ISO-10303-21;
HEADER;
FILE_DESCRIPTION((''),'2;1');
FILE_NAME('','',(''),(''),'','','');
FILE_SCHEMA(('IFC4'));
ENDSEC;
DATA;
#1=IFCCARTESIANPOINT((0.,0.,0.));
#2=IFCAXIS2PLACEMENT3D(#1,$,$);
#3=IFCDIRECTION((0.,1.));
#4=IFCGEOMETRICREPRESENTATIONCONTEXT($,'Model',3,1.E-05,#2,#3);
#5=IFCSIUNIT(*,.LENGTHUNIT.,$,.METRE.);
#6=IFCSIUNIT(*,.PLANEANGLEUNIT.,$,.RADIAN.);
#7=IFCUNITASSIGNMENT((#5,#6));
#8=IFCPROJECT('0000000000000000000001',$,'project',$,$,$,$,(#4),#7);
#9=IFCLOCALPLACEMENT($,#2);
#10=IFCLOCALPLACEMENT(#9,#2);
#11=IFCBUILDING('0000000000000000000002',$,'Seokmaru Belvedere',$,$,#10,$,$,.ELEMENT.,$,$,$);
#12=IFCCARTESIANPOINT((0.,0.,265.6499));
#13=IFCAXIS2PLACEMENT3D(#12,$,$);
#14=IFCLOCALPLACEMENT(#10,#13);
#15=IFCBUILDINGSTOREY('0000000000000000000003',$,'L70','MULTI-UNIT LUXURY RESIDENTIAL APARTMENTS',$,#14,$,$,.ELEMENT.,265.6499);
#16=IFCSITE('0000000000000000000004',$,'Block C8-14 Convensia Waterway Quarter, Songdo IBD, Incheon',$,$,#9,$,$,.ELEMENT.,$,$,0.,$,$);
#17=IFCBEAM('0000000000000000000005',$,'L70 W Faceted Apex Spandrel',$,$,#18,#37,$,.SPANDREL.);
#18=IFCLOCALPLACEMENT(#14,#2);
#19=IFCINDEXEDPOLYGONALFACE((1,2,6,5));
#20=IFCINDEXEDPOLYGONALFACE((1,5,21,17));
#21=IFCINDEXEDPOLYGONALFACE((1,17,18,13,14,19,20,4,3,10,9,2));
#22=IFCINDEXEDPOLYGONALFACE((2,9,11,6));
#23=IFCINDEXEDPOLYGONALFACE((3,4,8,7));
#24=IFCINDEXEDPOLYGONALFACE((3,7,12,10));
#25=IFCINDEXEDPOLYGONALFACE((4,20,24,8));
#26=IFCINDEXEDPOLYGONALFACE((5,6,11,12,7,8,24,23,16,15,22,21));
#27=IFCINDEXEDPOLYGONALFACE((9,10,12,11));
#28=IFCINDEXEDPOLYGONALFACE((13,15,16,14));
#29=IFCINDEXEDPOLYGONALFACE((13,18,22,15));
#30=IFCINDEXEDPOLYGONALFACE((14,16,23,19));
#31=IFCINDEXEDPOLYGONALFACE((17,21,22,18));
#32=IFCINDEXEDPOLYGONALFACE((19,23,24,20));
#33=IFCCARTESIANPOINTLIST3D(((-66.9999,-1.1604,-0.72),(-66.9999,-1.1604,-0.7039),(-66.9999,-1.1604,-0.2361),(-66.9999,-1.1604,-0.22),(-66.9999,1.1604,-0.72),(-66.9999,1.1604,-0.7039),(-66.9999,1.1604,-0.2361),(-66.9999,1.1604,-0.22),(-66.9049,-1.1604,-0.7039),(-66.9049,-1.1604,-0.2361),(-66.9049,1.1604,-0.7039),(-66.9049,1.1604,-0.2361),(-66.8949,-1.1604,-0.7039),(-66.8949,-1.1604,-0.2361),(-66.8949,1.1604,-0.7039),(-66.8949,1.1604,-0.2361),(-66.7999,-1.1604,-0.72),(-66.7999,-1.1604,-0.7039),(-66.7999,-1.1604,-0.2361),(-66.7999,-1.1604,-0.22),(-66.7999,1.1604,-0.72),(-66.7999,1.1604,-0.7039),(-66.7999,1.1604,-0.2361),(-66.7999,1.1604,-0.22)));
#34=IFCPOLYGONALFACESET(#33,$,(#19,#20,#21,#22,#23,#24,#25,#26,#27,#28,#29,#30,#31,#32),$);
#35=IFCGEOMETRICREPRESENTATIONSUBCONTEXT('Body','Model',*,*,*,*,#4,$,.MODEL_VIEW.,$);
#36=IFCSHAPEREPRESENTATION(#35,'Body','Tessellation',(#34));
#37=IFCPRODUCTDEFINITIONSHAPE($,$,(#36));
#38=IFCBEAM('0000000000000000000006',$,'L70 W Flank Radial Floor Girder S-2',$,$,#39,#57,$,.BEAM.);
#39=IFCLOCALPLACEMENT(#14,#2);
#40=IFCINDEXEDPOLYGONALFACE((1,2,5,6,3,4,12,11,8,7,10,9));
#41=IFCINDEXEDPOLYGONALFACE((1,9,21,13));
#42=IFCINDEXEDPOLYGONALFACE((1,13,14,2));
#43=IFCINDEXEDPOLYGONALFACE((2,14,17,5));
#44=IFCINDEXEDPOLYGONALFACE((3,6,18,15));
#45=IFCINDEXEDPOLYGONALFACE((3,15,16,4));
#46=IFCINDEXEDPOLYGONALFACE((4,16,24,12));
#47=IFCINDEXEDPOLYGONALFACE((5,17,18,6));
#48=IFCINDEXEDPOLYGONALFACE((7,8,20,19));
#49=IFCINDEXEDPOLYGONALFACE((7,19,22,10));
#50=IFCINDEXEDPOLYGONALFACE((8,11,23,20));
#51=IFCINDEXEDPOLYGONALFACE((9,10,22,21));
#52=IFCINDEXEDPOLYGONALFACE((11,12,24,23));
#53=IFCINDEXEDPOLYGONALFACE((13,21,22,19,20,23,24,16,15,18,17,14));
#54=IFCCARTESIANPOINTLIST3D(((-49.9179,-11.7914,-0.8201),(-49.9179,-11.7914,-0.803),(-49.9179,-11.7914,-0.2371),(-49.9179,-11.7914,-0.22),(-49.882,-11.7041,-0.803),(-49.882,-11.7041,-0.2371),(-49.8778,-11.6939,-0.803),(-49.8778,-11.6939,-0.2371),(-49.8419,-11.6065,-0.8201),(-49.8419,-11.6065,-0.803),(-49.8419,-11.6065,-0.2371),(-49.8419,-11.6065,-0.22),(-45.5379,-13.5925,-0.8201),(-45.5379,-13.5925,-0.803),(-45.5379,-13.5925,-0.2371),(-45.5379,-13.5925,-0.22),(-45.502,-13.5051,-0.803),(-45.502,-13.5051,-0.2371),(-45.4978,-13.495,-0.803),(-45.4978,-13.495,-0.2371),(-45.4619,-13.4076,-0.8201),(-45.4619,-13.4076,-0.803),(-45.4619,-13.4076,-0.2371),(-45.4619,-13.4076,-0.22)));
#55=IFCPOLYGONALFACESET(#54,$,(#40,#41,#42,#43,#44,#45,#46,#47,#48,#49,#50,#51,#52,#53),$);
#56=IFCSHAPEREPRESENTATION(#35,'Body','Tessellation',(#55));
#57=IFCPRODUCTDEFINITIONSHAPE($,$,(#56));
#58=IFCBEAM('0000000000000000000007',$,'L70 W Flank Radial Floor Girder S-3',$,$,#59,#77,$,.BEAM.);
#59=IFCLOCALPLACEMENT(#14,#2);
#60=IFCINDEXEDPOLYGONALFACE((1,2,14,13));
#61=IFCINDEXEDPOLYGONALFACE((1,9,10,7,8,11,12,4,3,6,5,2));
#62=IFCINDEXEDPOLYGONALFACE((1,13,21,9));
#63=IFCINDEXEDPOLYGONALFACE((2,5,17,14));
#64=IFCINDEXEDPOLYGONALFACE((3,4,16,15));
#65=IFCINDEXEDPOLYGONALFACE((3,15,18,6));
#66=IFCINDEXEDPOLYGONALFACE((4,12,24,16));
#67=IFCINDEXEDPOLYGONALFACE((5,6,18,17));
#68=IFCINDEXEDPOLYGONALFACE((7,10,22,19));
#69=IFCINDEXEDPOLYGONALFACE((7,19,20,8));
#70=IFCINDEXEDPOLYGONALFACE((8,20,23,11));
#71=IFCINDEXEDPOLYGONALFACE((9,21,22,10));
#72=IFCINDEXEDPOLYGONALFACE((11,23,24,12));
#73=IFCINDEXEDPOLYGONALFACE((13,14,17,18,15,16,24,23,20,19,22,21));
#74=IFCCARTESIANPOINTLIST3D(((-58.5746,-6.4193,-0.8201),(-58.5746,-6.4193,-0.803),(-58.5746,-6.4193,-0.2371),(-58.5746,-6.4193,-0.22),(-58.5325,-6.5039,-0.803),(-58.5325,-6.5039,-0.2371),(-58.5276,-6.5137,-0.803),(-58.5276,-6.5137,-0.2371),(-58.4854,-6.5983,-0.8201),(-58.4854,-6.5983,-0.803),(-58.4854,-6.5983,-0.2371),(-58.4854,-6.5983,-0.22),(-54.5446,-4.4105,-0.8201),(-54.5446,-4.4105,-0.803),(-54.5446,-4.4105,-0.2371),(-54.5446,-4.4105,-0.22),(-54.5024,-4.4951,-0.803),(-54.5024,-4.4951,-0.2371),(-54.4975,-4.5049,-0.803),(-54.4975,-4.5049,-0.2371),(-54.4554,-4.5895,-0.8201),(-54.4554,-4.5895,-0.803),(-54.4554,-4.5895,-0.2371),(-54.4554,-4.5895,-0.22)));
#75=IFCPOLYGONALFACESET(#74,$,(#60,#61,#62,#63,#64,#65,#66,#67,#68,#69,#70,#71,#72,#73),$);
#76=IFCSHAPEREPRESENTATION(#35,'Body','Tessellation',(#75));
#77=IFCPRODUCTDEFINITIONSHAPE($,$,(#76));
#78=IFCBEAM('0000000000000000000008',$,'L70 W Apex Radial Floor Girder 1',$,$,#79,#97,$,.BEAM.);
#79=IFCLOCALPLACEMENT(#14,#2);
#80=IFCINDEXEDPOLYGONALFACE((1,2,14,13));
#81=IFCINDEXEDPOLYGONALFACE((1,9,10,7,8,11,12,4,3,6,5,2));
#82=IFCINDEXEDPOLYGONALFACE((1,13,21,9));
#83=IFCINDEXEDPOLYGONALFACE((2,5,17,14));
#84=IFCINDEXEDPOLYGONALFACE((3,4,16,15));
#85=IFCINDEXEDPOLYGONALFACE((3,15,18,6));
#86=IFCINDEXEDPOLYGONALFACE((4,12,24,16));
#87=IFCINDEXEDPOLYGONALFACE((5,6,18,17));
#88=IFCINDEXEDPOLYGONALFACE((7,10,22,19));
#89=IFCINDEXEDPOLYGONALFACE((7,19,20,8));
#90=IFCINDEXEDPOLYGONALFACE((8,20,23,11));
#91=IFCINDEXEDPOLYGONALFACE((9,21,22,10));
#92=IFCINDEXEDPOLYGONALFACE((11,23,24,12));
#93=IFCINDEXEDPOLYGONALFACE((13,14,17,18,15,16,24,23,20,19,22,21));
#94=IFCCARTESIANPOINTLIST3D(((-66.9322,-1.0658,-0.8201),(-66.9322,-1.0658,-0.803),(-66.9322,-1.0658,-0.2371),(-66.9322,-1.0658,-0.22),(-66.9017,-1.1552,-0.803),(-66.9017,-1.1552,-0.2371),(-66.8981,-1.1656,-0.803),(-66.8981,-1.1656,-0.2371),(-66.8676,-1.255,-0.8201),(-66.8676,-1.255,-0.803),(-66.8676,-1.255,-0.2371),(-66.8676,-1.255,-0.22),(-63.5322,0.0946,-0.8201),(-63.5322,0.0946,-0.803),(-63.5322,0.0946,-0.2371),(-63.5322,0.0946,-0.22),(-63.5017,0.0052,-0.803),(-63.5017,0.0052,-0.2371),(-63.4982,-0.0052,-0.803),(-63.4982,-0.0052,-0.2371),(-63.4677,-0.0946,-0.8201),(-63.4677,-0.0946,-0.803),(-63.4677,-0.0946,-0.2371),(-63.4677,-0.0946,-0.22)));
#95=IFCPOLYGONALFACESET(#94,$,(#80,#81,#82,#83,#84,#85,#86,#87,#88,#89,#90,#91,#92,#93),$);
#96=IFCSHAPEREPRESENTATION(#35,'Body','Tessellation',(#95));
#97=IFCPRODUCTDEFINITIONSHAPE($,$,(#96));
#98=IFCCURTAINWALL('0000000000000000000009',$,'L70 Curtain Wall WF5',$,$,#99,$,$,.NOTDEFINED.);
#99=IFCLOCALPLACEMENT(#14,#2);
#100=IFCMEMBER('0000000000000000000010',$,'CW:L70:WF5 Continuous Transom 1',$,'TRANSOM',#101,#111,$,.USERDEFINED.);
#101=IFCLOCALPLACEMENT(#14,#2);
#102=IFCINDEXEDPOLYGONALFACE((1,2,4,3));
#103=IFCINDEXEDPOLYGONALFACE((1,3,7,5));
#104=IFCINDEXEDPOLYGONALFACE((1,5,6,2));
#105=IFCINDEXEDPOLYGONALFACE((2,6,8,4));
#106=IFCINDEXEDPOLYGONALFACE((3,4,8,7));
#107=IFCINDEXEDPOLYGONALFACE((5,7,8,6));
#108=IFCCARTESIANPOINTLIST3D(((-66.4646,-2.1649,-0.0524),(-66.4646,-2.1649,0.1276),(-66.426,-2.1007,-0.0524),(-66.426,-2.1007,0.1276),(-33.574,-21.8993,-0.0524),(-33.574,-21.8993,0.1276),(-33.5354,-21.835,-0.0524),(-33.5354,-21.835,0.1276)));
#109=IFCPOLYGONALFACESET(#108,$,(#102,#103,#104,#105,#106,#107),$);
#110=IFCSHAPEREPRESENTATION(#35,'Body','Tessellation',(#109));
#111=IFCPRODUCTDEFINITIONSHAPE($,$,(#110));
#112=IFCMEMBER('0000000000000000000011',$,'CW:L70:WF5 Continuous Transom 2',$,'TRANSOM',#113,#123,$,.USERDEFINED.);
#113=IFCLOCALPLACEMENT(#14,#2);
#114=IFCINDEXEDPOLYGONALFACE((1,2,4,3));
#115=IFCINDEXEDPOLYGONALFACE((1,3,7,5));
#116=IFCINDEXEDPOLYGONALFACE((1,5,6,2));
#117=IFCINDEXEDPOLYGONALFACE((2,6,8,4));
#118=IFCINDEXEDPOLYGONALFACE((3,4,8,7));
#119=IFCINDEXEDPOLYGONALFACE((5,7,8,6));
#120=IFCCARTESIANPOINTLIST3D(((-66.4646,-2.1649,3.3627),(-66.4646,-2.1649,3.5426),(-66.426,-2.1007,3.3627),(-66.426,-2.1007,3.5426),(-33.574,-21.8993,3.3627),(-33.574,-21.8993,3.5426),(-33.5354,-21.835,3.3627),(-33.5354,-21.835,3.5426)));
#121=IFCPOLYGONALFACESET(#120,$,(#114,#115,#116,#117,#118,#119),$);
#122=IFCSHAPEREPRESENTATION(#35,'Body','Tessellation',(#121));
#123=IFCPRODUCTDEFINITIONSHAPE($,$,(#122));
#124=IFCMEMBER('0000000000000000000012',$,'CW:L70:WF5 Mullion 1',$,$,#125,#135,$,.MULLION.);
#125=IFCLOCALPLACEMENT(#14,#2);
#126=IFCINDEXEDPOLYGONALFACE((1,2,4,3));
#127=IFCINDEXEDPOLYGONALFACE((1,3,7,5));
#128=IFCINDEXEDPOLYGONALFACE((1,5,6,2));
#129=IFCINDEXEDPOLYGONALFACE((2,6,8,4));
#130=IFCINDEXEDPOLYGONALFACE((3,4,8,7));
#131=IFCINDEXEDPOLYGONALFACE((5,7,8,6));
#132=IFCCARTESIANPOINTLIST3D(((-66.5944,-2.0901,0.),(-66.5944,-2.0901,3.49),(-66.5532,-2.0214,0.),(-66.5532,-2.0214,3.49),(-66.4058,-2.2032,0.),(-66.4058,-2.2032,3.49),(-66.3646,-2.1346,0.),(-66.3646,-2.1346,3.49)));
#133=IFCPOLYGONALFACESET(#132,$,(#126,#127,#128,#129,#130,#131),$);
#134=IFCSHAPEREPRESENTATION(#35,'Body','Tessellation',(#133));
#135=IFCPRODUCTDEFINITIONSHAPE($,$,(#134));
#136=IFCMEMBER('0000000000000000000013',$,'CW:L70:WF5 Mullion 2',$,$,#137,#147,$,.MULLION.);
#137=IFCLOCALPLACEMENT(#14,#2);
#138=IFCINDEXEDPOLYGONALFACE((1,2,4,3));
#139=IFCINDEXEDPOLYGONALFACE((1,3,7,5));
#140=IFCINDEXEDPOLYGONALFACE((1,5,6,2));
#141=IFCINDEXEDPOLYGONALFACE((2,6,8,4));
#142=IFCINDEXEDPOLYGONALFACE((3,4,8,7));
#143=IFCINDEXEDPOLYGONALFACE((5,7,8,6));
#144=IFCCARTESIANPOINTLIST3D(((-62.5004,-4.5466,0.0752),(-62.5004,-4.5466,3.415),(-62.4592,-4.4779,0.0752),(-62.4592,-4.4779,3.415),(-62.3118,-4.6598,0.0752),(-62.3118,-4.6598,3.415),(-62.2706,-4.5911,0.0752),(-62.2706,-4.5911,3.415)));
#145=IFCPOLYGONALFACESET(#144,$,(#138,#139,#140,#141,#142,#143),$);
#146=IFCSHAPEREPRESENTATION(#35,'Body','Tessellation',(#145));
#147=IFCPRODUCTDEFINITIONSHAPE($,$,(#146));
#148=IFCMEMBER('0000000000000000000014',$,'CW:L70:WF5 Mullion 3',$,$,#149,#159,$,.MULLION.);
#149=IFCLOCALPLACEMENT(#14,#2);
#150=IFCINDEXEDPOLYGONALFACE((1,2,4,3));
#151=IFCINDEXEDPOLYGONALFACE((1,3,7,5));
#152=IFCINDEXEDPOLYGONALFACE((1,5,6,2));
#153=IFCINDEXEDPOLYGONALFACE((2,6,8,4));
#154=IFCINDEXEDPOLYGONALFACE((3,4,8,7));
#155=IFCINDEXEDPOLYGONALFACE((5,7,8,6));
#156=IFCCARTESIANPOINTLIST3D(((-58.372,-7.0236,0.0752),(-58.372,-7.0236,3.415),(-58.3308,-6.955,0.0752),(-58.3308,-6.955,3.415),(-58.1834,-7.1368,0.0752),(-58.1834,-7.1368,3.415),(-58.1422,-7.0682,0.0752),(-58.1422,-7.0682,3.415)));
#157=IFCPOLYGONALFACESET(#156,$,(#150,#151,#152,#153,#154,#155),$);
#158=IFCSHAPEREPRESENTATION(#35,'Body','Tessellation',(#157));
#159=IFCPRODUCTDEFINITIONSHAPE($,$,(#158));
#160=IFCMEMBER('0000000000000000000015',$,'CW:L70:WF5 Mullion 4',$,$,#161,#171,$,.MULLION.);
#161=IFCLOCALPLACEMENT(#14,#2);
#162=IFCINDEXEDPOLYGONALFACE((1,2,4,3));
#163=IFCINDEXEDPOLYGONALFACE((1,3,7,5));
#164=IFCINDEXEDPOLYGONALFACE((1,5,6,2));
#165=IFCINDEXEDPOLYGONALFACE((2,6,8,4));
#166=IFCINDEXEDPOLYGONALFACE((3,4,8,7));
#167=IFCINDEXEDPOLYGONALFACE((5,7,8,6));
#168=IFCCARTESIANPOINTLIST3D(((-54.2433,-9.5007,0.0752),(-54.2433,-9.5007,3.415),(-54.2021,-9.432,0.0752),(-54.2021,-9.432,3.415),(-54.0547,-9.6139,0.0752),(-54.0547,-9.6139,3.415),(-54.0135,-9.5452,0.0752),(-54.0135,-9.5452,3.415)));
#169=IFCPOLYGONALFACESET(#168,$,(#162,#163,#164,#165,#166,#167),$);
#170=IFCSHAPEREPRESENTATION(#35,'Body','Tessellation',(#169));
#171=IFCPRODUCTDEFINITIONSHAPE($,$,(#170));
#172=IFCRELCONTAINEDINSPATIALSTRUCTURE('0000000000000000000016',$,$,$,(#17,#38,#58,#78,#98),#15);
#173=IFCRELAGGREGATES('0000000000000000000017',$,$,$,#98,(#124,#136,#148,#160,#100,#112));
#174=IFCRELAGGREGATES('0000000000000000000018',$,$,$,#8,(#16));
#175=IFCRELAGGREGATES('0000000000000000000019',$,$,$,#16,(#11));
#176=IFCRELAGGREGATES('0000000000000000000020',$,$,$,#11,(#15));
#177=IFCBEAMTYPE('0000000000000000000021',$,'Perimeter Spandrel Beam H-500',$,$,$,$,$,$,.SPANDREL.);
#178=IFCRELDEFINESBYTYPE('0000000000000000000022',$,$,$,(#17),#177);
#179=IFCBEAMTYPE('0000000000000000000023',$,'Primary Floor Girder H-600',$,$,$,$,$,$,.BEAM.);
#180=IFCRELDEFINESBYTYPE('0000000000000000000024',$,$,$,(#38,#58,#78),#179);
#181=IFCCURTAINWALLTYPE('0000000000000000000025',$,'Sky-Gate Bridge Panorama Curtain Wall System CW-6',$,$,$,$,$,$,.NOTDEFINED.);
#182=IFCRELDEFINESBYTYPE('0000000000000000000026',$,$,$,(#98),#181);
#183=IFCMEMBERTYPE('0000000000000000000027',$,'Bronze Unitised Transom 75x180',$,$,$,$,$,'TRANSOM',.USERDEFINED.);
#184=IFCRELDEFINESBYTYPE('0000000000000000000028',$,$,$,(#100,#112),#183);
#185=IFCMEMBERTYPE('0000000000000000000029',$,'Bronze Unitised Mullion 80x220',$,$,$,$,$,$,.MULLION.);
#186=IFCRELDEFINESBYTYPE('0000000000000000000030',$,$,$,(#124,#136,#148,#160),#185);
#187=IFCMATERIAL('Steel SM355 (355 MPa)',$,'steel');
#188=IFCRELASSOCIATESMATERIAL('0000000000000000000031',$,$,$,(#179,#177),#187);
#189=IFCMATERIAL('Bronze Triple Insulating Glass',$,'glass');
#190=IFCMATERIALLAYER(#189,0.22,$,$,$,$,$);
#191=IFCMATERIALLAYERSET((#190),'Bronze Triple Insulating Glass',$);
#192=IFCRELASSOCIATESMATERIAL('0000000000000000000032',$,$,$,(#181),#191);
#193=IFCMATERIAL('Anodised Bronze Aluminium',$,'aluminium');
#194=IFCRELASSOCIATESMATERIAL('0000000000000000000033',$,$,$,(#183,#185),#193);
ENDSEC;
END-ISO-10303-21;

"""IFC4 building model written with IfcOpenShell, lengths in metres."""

from ifc_helpers import new_model, si_unit, direction, frame, origin, origin_2d, place, context, subcontext, project, spatial, rectangle, i_section, extrude, source, transform, mapped, material, layer, layer_set, material_profile, profile_set, type_object, type_shapes, element, aggregate, save


model = new_model("IFC4")

# Units and contexts
model_context = context("Model", 3, precision=1e-05, world=origin(), true_north=direction((0.0, 1.0)))
body_context = subcontext(model_context, "Body", "Model", "MODEL_VIEW")
ifc_project = project(units=[si_unit("LENGTHUNIT", "METRE"), si_unit("PLANEANGLEUNIT", "RADIAN")], contexts=[model_context])

# Site, building, storey
site_placement = place(None, origin())
site = spatial("IfcSite", under=ifc_project, at=site_placement, Name="Block C8-14 Convensia Waterway Quarter, Songdo IBD, Incheon", CompositionType="ELEMENT", RefElevation=0.0)
building_placement = place(site_placement, origin())
building = spatial("IfcBuilding", under=site, at=building_placement, Name="Seokmaru Belvedere", CompositionType="ELEMENT")
storey_placement = place(building_placement, frame((0.0, 0.0, 265.6499)))
storey = spatial("IfcBuildingStorey", under=building, at=storey_placement, Name="L70", Description="MULTI-UNIT LUXURY RESIDENTIAL APARTMENTS", CompositionType="ELEMENT", Elevation=265.6499)

# Shared definitions
ifc_material_1 = material(Name="Steel SM355 (355 MPa)", Category="steel")

# Beams
ifc_material_profile_1 = material_profile(ifc_material_1, i_section(OverallWidth=0.2, OverallDepth=0.6001, WebThickness=0.011, FlangeThickness=0.0171, at=origin_2d()), Name="H-600x200x11x17")
ifc_profile_set_1 = profile_set([ifc_material_profile_1], Name="Steel SM355 (355 MPa)")
beam_type_1 = type_object("IfcBeamType", Name="Primary Floor Girder H-600", PredefinedType="BEAM", material=ifc_profile_set_1)
ifc_material_profile_2 = material_profile(ifc_material_1, i_section(OverallWidth=0.2, OverallDepth=0.5, WebThickness=0.01, FlangeThickness=0.0161, at=origin_2d()), Name="H-500x200x10x16")
ifc_profile_set_2 = profile_set([ifc_material_profile_2], Name="Steel SM355 (355 MPa)")
beam_type_2 = type_object("IfcBeamType", Name="Perimeter Spandrel Beam H-500", PredefinedType="SPANDREL", material=ifc_profile_set_2)
shared_shape_1 = source(origin(), body_context, "Body", "SweptSolid", [
    extrude(i_section(OverallWidth=0.2, OverallDepth=0.5, WebThickness=0.01, FlangeThickness=0.0161, at=origin_2d()), origin(), (0.0, 0.0, 1.0), 2.3208),
])
beam_1_placement = place(storey_placement, frame((-66.8999, -1.1604, -0.47), z_axis=(0.0, 1.0, 0.0), x_axis=(-1.0, 0.0, 0.0)))
element("IfcBeam", 1, at=beam_1_placement, inside=storey, type_object=beam_type_2, Name="L70 W Faceted Apex Spandrel", PredefinedType="SPANDREL", context=body_context, shape_type="MappedRepresentation", body=[
    mapped(shared_shape_1, transform((0.0, 0.0, 0.0), scale=1.0)),
])
shared_shape_2 = source(origin(), body_context, "Body", "SweptSolid", [
    extrude(i_section(OverallWidth=0.2, OverallDepth=0.6001, WebThickness=0.011, FlangeThickness=0.0171, at=origin_2d()), origin(), (0.0, 0.0, 1.0), 4.7358),
])
beam_2_placement = place(storey_placement, frame((-49.8799, -11.699, -0.52), z_axis=(0.924861, -0.380306, 0.0), x_axis=(0.380306, 0.924861, 0.0)))
element("IfcBeam", 2, at=beam_2_placement, inside=storey, type_object=beam_type_1, Name="L70 W Flank Radial Floor Girder S-2", PredefinedType="BEAM", context=body_context, shape_type="MappedRepresentation", body=[
    mapped(shared_shape_2, transform((0.0, 0.0, 0.0), scale=1.0)),
])
shared_shape_3 = source(origin(), body_context, "Body", "SweptSolid", [
    extrude(i_section(OverallWidth=0.2, OverallDepth=0.6001, WebThickness=0.011, FlangeThickness=0.0171, at=origin_2d()), origin(), (0.0, 0.0, 1.0), 4.5029),
])
beam_3_placement = place(storey_placement, frame((-58.53, -6.5088, -0.52), z_axis=(0.89498, 0.446107, 0.0), x_axis=(-0.446107, 0.89498, 0.0)))
element("IfcBeam", 3, at=beam_3_placement, inside=storey, type_object=beam_type_1, Name="L70 W Flank Radial Floor Girder S-3", PredefinedType="BEAM", context=body_context, shape_type="MappedRepresentation", body=[
    mapped(shared_shape_3, transform((0.0, 0.0, 0.0), scale=1.0)),
])
shared_shape_4 = source(origin(), body_context, "Body", "SweptSolid", [
    extrude(i_section(OverallWidth=0.2, OverallDepth=0.6001, WebThickness=0.011, FlangeThickness=0.0171, at=origin_2d()), origin(), (0.0, 0.0, 1.0), 3.5925),
])
beam_4_placement = place(storey_placement, frame((-66.8999, -1.1604, -0.52), z_axis=(0.946396, 0.323009, 0.0), x_axis=(-0.323009, 0.946396, 0.0)))
element("IfcBeam", 4, at=beam_4_placement, inside=storey, type_object=beam_type_1, Name="L70 W Apex Radial Floor Girder 1", PredefinedType="BEAM", context=body_context, shape_type="MappedRepresentation", body=[
    mapped(shared_shape_4, transform((0.0, 0.0, 0.0), scale=1.0)),
])

# Curtain wall, members
ifc_material_2 = material(Name="Bronze Triple Insulating Glass", Category="glass")
ifc_layer_1 = layer(ifc_material_2, 0.22)
ifc_layer_set_1 = layer_set([ifc_layer_1], Name="Bronze Triple Insulating Glass")
curtain_wall_type = type_object("IfcCurtainWallType", Name="Sky-Gate Bridge Panorama Curtain Wall System CW-6", PredefinedType="NOTDEFINED", material=ifc_layer_set_1)
curtain_wall_placement = place(storey_placement, origin())
curtain_wall = element("IfcCurtainWall", 5, at=curtain_wall_placement, inside=storey, type_object=curtain_wall_type, Name="L70 Curtain Wall WF5", PredefinedType="NOTDEFINED")
ifc_material_3 = material(Name="Anodised Bronze Aluminium", Category="aluminium")
ifc_material_profile_3 = material_profile(ifc_material_3, rectangle(XDim=0.075, YDim=0.1799, at=origin_2d()), Name="CW-T-75x180")
ifc_profile_set_3 = profile_set([ifc_material_profile_3], Name="Anodised Bronze Aluminium")
member_type_1 = type_object("IfcMemberType", Name="Bronze Unitised Transom 75x180", ElementType="TRANSOM", PredefinedType="USERDEFINED", material=ifc_profile_set_3)
shared_shape_5 = source(origin(), body_context, "Body", "SweptSolid", [
    extrude(rectangle(XDim=0.075, YDim=0.1799, at=origin_2d()), origin(), (0.0, 0.0, 1.0), 38.3567),
])
type_shapes(member_type_1, [shared_shape_5])
member_1_placement = place(storey_placement, frame((-66.4453, -2.1328, 0.0376), z_axis=(0.857493, -0.514496, 0.0), x_axis=(0.514496, 0.857493, 0.0)))
member_1 = element("IfcMember", 6, at=member_1_placement, type_object=member_type_1, Name="CW:L70:WF5 Continuous Transom 1", ObjectType="TRANSOM", PredefinedType="USERDEFINED", context=body_context, shape_type="MappedRepresentation", body=[
    mapped(shared_shape_5, transform((0.0, 0.0, 0.0), scale=1.0)),
])
member_2_placement = place(storey_placement, frame((-66.4453, -2.1328, 3.4526), z_axis=(0.857493, -0.514496, 0.0), x_axis=(0.514496, 0.857493, 0.0)))
member_2 = element("IfcMember", 7, at=member_2_placement, type_object=member_type_1, Name="CW:L70:WF5 Continuous Transom 2", ObjectType="TRANSOM", PredefinedType="USERDEFINED", context=body_context, shape_type="MappedRepresentation", body=[
    mapped(shared_shape_5, transform((0.0, 0.0, 0.0), scale=1.0)),
])
ifc_material_profile_4 = material_profile(ifc_material_3, rectangle(XDim=0.0801, YDim=0.22, at=origin_2d()), Name="CW-M-80x220")
ifc_profile_set_4 = profile_set([ifc_material_profile_4], Name="Anodised Bronze Aluminium")
member_type_2 = type_object("IfcMemberType", Name="Bronze Unitised Mullion 80x220", PredefinedType="MULLION", material=ifc_profile_set_4)
shared_shape_6 = source(origin(), body_context, "Body", "SweptSolid", [
    extrude(rectangle(XDim=0.0801, YDim=0.22, at=origin_2d()), origin(), (0.0, 0.0, 1.0), 3.49),
])
member_3_placement = place(storey_placement, frame((-66.4795, -2.1123, 0.0), z_axis=(0.0, 0.0, 1.0), x_axis=(0.514495, 0.857493, 0.0)))
member_3 = element("IfcMember", 8, at=member_3_placement, type_object=member_type_2, Name="CW:L70:WF5 Mullion 1", PredefinedType="MULLION", context=body_context, shape_type="MappedRepresentation", body=[
    mapped(shared_shape_6, transform((0.0, 0.0, 0.0), scale=1.0)),
])
shared_shape_7 = source(origin(), body_context, "Body", "SweptSolid", [
    extrude(rectangle(XDim=0.0801, YDim=0.22, at=origin_2d()), origin(), (0.0, 0.0, 1.0), 3.3398),
])
type_shapes(member_type_2, [shared_shape_6, shared_shape_7])
member_4_placement = place(storey_placement, frame((-62.3855, -4.5688, 0.0752), z_axis=(0.0, 0.0, 1.0), x_axis=(0.514495, 0.857493, 0.0)))
member_4 = element("IfcMember", 9, at=member_4_placement, type_object=member_type_2, Name="CW:L70:WF5 Mullion 2", PredefinedType="MULLION", context=body_context, shape_type="MappedRepresentation", body=[
    mapped(shared_shape_7, transform((0.0, 0.0, 0.0), scale=1.0)),
])
member_5_placement = place(storey_placement, frame((-58.2571, -7.0459, 0.0752), z_axis=(0.0, 0.0, 1.0), x_axis=(0.514495, 0.857493, 0.0)))
member_5 = element("IfcMember", 10, at=member_5_placement, type_object=member_type_2, Name="CW:L70:WF5 Mullion 3", PredefinedType="MULLION", context=body_context, shape_type="MappedRepresentation", body=[
    mapped(shared_shape_7, transform((0.0, 0.0, 0.0), scale=1.0)),
])
member_6_placement = place(storey_placement, frame((-54.1284, -9.5229, 0.0752), z_axis=(0.0, 0.0, 1.0), x_axis=(0.514495, 0.857493, 0.0)))
member_6 = element("IfcMember", 11, at=member_6_placement, type_object=member_type_2, Name="CW:L70:WF5 Mullion 4", PredefinedType="MULLION", context=body_context, shape_type="MappedRepresentation", body=[
    mapped(shared_shape_7, transform((0.0, 0.0, 0.0), scale=1.0)),
])
aggregate(curtain_wall, [member_3, member_4, member_5, member_6, member_1, member_2])

save(model, "model.ifc")
